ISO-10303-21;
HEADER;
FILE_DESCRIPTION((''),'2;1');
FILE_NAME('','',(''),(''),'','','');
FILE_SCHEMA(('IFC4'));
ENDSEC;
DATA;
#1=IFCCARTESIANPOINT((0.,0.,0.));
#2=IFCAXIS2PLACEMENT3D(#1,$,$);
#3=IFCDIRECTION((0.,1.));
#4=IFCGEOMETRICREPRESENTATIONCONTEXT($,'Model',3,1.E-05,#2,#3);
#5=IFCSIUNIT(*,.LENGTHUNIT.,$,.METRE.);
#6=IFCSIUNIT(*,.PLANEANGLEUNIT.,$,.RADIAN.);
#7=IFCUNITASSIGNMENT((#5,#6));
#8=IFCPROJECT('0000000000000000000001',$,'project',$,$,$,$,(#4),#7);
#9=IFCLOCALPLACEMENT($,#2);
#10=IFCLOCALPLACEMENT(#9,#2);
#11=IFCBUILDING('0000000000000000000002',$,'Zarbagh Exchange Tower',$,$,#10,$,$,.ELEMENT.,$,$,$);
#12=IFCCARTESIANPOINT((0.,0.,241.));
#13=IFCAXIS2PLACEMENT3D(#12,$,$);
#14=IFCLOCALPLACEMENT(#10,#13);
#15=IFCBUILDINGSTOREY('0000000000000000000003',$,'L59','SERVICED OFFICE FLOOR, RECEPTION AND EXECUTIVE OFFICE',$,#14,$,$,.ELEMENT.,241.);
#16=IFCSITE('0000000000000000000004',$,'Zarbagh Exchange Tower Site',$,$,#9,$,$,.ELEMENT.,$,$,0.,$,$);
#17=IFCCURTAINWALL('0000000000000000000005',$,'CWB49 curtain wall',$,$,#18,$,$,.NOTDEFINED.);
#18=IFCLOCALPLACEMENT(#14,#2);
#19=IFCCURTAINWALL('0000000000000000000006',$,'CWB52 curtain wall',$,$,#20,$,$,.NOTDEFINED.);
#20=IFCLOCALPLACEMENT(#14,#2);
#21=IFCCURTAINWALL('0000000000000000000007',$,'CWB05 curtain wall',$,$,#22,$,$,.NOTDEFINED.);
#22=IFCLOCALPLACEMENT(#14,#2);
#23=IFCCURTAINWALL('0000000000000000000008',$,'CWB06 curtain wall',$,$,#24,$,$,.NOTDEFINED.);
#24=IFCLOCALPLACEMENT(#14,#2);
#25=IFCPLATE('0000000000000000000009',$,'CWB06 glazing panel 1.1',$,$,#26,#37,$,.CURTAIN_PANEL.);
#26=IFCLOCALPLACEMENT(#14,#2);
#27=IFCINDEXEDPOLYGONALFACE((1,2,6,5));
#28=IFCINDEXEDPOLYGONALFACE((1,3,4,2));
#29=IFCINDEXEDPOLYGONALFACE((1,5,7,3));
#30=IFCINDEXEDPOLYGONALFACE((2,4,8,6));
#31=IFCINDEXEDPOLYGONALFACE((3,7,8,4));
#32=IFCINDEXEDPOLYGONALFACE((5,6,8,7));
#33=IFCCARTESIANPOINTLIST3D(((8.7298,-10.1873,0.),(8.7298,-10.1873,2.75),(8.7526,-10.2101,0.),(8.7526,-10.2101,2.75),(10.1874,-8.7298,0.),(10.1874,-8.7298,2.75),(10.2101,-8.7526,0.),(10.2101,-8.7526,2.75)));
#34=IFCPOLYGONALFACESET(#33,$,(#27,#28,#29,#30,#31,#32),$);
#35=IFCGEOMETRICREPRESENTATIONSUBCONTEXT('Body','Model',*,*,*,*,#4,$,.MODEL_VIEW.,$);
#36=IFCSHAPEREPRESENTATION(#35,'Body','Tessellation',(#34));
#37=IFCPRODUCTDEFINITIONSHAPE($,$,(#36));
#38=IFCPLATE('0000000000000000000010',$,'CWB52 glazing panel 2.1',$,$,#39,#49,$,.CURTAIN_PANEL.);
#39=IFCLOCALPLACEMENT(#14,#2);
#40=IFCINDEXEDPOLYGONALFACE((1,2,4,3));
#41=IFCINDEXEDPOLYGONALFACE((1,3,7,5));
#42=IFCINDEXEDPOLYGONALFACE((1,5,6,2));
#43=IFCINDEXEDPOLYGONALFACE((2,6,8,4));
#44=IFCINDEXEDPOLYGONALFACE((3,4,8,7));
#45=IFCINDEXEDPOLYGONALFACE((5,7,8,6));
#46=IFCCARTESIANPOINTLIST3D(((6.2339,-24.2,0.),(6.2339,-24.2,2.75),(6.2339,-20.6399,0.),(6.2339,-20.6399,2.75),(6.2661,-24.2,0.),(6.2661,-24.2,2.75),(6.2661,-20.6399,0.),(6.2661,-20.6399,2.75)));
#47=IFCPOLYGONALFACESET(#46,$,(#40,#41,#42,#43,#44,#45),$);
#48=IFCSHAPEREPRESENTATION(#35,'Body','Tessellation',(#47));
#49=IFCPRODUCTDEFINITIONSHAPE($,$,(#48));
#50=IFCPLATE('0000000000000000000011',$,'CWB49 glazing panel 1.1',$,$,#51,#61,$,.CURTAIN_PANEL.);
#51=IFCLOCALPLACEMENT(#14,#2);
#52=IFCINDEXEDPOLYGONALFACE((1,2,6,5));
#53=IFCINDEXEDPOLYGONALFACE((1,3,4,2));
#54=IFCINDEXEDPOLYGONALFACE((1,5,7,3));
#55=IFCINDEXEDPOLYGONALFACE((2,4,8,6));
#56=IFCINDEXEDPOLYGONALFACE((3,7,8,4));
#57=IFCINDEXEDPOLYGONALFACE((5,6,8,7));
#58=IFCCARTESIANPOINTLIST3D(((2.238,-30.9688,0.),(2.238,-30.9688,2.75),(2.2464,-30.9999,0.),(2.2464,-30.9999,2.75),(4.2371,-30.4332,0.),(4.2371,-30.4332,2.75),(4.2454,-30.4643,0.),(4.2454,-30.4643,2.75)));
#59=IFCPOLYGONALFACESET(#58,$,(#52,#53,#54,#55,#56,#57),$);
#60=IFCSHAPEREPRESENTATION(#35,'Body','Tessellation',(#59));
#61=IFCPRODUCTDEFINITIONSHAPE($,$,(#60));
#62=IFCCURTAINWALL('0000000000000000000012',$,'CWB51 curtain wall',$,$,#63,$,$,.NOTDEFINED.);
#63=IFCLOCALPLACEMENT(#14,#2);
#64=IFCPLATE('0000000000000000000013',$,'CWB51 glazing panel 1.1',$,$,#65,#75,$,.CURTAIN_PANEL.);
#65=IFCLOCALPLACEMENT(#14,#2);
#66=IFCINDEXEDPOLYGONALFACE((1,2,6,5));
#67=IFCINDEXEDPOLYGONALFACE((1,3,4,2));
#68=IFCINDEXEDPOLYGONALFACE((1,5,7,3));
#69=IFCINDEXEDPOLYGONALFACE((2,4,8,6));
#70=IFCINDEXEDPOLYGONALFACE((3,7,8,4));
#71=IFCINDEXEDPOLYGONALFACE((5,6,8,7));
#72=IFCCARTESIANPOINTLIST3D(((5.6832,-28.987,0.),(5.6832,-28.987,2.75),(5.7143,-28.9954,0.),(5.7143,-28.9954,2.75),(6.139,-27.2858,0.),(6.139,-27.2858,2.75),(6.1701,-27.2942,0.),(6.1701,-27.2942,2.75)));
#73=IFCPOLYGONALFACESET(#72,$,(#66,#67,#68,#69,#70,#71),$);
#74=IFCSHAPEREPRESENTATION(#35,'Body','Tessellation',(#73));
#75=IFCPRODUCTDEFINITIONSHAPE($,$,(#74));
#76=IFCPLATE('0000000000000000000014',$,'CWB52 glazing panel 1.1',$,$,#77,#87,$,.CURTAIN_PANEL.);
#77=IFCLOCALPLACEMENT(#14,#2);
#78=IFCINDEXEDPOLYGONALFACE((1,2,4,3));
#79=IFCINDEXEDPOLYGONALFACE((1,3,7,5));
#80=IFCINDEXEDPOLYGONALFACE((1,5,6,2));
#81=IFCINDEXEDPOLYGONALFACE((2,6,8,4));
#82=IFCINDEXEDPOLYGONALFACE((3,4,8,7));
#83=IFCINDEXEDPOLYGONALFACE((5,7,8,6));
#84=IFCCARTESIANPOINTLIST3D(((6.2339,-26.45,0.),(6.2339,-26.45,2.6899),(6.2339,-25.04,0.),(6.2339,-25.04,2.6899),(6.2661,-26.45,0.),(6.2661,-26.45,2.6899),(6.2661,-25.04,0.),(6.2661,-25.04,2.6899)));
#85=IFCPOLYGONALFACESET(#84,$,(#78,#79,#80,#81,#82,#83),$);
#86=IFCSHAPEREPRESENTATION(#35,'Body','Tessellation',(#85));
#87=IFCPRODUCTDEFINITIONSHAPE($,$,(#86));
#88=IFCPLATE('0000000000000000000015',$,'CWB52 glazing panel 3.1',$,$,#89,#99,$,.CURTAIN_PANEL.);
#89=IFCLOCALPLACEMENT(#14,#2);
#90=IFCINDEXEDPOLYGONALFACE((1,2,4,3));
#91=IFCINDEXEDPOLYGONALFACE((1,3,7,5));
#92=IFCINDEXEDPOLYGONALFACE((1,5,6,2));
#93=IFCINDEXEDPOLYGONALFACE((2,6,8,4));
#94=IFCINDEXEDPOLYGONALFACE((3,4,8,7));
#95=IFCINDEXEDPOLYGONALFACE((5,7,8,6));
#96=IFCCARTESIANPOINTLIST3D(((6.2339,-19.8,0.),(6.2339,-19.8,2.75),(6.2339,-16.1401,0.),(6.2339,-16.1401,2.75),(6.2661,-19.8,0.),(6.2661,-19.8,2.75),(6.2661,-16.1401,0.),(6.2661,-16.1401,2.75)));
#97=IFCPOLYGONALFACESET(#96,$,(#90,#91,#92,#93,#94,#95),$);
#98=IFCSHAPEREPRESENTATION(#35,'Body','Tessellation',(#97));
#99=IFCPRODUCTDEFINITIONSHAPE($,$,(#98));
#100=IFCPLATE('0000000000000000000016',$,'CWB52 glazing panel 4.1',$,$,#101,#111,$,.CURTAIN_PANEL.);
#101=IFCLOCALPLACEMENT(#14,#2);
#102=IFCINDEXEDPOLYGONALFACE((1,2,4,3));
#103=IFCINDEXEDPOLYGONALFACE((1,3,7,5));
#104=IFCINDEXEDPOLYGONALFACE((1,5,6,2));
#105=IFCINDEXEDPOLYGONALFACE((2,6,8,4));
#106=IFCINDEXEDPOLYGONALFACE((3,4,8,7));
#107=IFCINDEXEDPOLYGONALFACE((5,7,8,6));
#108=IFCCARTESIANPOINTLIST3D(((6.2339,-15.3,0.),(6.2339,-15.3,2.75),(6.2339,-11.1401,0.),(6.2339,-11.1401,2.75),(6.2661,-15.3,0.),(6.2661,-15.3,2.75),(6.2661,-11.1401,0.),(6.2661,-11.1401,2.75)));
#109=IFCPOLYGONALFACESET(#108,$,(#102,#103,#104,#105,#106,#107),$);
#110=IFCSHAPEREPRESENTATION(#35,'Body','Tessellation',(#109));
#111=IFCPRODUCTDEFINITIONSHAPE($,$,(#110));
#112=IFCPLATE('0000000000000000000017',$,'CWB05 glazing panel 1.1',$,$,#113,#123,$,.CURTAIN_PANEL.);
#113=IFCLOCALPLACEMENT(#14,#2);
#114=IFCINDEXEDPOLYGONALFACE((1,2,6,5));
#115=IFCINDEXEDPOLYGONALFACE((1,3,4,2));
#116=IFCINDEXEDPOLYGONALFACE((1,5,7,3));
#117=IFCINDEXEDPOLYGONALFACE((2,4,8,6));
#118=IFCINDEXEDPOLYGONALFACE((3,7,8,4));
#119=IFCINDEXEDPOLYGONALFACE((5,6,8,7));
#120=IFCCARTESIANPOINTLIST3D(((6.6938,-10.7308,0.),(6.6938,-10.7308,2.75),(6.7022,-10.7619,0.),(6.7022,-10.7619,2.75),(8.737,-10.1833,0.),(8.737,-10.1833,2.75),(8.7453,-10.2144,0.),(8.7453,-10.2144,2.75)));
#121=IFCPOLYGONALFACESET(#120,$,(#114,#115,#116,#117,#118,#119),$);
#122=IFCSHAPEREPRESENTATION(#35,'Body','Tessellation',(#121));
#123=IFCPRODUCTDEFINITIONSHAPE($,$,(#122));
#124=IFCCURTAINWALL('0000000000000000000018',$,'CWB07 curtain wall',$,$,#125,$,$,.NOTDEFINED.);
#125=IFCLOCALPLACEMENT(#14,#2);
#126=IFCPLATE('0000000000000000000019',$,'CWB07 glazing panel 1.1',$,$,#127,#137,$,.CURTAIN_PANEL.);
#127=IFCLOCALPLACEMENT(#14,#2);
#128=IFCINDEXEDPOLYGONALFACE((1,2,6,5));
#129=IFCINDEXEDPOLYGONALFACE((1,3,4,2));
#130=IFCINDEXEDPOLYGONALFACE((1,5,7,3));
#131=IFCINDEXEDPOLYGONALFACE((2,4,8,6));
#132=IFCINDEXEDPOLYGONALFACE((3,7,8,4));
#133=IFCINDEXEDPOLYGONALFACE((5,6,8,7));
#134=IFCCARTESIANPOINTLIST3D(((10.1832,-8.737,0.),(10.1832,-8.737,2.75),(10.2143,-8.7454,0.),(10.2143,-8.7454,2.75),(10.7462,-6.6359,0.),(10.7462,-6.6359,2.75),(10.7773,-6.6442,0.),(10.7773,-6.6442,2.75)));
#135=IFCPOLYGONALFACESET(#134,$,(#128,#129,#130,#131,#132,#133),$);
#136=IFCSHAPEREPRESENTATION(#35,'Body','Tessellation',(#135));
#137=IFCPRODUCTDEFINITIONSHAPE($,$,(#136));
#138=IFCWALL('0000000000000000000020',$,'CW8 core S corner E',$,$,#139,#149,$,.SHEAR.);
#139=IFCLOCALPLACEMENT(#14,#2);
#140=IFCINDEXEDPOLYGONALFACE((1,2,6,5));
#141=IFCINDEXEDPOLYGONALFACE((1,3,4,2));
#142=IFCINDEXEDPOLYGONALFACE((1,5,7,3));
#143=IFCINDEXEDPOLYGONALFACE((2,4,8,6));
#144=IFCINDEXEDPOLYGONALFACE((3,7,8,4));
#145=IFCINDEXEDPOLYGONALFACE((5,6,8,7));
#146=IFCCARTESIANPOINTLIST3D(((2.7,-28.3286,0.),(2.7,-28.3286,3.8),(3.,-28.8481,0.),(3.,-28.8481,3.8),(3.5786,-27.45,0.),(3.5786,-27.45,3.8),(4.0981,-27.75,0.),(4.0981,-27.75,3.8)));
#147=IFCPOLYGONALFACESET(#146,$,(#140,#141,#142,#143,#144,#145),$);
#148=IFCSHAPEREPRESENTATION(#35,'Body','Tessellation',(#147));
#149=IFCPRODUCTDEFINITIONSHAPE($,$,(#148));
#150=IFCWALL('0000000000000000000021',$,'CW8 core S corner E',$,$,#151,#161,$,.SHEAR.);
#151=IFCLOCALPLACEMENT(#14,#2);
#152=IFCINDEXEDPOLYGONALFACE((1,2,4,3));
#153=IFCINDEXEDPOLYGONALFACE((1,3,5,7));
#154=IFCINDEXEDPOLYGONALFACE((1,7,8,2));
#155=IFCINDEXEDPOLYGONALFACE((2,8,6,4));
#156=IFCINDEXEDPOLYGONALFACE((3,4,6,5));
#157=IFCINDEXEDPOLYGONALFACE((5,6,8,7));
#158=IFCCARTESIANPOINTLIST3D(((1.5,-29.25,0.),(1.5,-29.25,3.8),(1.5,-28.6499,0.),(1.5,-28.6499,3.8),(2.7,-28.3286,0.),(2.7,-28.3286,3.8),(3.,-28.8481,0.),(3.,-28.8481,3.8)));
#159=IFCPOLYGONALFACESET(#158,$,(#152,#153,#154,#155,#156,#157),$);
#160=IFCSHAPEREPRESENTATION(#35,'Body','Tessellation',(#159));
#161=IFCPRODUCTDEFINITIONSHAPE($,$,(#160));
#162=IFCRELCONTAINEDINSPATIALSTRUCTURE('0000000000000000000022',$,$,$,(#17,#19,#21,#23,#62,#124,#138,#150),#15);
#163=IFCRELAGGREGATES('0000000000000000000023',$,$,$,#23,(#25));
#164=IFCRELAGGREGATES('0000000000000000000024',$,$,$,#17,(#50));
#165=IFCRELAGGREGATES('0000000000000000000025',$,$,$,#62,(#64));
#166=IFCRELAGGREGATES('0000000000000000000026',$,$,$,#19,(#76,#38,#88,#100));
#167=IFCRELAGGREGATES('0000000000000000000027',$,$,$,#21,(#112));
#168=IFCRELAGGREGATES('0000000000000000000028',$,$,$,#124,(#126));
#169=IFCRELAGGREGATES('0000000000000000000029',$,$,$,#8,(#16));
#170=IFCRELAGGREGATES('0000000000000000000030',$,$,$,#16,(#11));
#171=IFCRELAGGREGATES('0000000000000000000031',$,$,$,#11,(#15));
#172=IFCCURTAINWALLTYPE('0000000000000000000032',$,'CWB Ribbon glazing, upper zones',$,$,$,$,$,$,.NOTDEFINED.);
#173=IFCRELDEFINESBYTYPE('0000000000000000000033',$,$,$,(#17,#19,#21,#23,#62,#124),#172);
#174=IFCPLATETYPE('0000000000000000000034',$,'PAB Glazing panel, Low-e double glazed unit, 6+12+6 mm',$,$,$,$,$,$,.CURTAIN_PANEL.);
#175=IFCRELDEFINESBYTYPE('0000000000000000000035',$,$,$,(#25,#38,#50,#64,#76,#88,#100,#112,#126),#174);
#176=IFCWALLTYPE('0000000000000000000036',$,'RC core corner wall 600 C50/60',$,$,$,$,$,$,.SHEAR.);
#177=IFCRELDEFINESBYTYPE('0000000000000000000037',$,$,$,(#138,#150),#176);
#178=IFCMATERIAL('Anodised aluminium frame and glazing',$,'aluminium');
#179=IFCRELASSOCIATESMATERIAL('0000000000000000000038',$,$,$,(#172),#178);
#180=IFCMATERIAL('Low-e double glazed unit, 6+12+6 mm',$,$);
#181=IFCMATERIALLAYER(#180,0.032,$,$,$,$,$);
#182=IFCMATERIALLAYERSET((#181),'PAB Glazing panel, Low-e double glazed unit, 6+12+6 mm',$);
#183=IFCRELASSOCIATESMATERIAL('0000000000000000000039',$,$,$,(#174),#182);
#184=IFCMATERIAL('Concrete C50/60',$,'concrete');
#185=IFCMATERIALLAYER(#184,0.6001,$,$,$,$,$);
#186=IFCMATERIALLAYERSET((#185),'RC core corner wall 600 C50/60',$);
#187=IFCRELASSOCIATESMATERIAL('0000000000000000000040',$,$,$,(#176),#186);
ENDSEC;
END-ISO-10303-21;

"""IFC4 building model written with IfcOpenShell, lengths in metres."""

from ifc_helpers import new_model, si_unit, direction, frame, origin, place, context, subcontext, project, spatial, polyline, outline, extrude, source, transform, mapped, material, layer, layer_set, type_object, element, aggregate, save


model = new_model("IFC4")

# Units and contexts
model_context = context("Model", 3, precision=1e-05, world=origin(), true_north=direction((0.0, 1.0)))
body_context = subcontext(model_context, "Body", "Model", "MODEL_VIEW")
ifc_project = project(units=[si_unit("LENGTHUNIT", "METRE"), si_unit("PLANEANGLEUNIT", "RADIAN")], contexts=[model_context])

# Site, building, storey
site_placement = place(None, origin())
site = spatial("IfcSite", under=ifc_project, at=site_placement, Name="Zarbagh Exchange Tower Site", CompositionType="ELEMENT", RefElevation=0.0)
building_placement = place(site_placement, origin())
building = spatial("IfcBuilding", under=site, at=building_placement, Name="Zarbagh Exchange Tower", CompositionType="ELEMENT")
storey_placement = place(building_placement, frame((0.0, 0.0, 241.0)))
storey = spatial("IfcBuildingStorey", under=building, at=storey_placement, Name="L59", Description="SERVICED OFFICE FLOOR, RECEPTION AND EXECUTIVE OFFICE", CompositionType="ELEMENT", Elevation=241.0)

# Curtain wall
ifc_material_1 = material(Name="Anodised aluminium frame and glazing", Category="aluminium")
curtain_wall_type = type_object("IfcCurtainWallType", Name="CWB Ribbon glazing, upper zones", PredefinedType="NOTDEFINED", material=ifc_material_1)
curtain_wall_1_placement = place(storey_placement, origin())
curtain_wall_1 = element("IfcCurtainWall", 1, at=curtain_wall_1_placement, inside=storey, type_object=curtain_wall_type, Name="CWB49 curtain wall", PredefinedType="NOTDEFINED")
placement = place(storey_placement, origin())

# Curtain wall
curtain_wall_2_placement = place(storey_placement, origin())
curtain_wall_2 = element("IfcCurtainWall", 2, at=curtain_wall_2_placement, inside=storey, type_object=curtain_wall_type, Name="CWB52 curtain wall", PredefinedType="NOTDEFINED")

# Curtain wall
curtain_wall_3_placement = place(storey_placement, origin())
curtain_wall_3 = element("IfcCurtainWall", 3, at=curtain_wall_3_placement, inside=storey, type_object=curtain_wall_type, Name="CWB05 curtain wall", PredefinedType="NOTDEFINED")

# Curtain wall, plate
ifc_material_2 = material(Name="Low-e double glazed unit, 6+12+6 mm")
ifc_layer_1 = layer(ifc_material_2, 0.032)
ifc_layer_set_1 = layer_set([ifc_layer_1], Name="PAB Glazing panel, Low-e double glazed unit, 6+12+6 mm")
plate_type = type_object("IfcPlateType", Name="PAB Glazing panel, Low-e double glazed unit, 6+12+6 mm", PredefinedType="CURTAIN_PANEL", material=ifc_layer_set_1)
shared_shape_1 = source(origin(), body_context, "Body", "SweptSolid", [
    extrude(outline(polyline([(0.0, -0.0161), (2.0613, -0.0161), (2.0613, 0.0161), (0.0, 0.0161), (0.0, -0.0161)])), origin(), (0.0, 0.0, 1.0), 2.75),
])
curtain_wall_4_placement = place(storey_placement, origin())
curtain_wall_4 = element("IfcCurtainWall", 4, at=curtain_wall_4_placement, inside=storey, type_object=curtain_wall_type, Name="CWB06 curtain wall", PredefinedType="NOTDEFINED")
plate_1 = element("IfcPlate", 5, at=placement, type_object=plate_type, Name="CWB06 glazing panel 1.1", PredefinedType="CURTAIN_PANEL", context=body_context, shape_type="MappedRepresentation", body=[
    mapped(shared_shape_1, transform((8.7412, -10.1987, 0.0), x_axis=(0.707107, 0.707107, 0.0), y_axis=(-0.707107, 0.707107, 0.0), z_axis=(0.0, 0.0, 1.0))),
])
aggregate(curtain_wall_4, [plate_1])

# Plates
shared_shape_2 = source(origin(), body_context, "Body", "SweptSolid", [
    extrude(outline(polyline([(0.0, -0.0161), (3.5601, -0.0161), (3.5601, 0.0161), (0.0, 0.0161), (0.0, -0.0161)])), origin(), (0.0, 0.0, 1.0), 2.75),
])
plate_2 = element("IfcPlate", 6, at=placement, type_object=plate_type, Name="CWB52 glazing panel 2.1", PredefinedType="CURTAIN_PANEL", context=body_context, shape_type="MappedRepresentation", body=[
    mapped(shared_shape_2, transform((6.25, -24.2, 0.0), x_axis=(0.0, 1.0, 0.0), y_axis=(-1.0, 0.0, 0.0), z_axis=(0.0, 0.0, 1.0))),
])
shared_shape_3 = source(origin(), body_context, "Body", "SweptSolid", [
    extrude(outline(polyline([(0.0, -0.0161), (2.0696, -0.0161), (2.0696, 0.0161), (0.0, 0.0161), (0.0, -0.0161)])), origin(), (0.0, 0.0, 1.0), 2.75),
])
plate_3 = element("IfcPlate", 7, at=placement, type_object=plate_type, Name="CWB49 glazing panel 1.1", PredefinedType="CURTAIN_PANEL", context=body_context, shape_type="MappedRepresentation", body=[
    mapped(shared_shape_3, transform((2.2422, -30.9844, 0.0), x_axis=(0.965924, 0.258825, 0.0), y_axis=(-0.258825, 0.965924, 0.0), z_axis=(0.0, 0.0, 1.0))),
])
aggregate(curtain_wall_1, [plate_3])

# Curtain wall, plate
curtain_wall_5_placement = place(storey_placement, origin())
curtain_wall_5 = element("IfcCurtainWall", 8, at=curtain_wall_5_placement, inside=storey, type_object=curtain_wall_type, Name="CWB51 curtain wall", PredefinedType="NOTDEFINED")
shared_shape_4 = source(origin(), body_context, "Body", "SweptSolid", [
    extrude(outline(polyline([(0.0, -0.0161), (1.7612, -0.0161), (1.7612, 0.0161), (0.0, 0.0161), (0.0, -0.0161)])), origin(), (0.0, 0.0, 1.0), 2.75),
])
plate_4 = element("IfcPlate", 9, at=placement, type_object=plate_type, Name="CWB51 glazing panel 1.1", PredefinedType="CURTAIN_PANEL", context=body_context, shape_type="MappedRepresentation", body=[
    mapped(shared_shape_4, transform((5.6987, -28.9912, 0.0), x_axis=(0.258825, 0.965924, 0.0), y_axis=(-0.965924, 0.258825, 0.0), z_axis=(0.0, 0.0, 1.0))),
])
aggregate(curtain_wall_5, [plate_4])

# Plates
shared_shape_5 = source(origin(), body_context, "Body", "SweptSolid", [
    extrude(outline(polyline([(0.0, -0.0161), (1.4099, -0.0161), (1.4099, 0.0161), (0.0, 0.0161), (0.0, -0.0161)])), origin(), (0.0, 0.0, 1.0), 2.6899),
])
plate_5 = element("IfcPlate", 10, at=placement, type_object=plate_type, Name="CWB52 glazing panel 1.1", PredefinedType="CURTAIN_PANEL", context=body_context, shape_type="MappedRepresentation", body=[
    mapped(shared_shape_5, transform((6.25, -26.45, 0.0), x_axis=(0.0, 1.0, 0.0), y_axis=(-1.0, 0.0, 0.0), z_axis=(0.0, 0.0, 1.0))),
])
shared_shape_6 = source(origin(), body_context, "Body", "SweptSolid", [
    extrude(outline(polyline([(0.0, -0.0161), (3.6599, -0.0161), (3.6599, 0.0161), (0.0, 0.0161), (0.0, -0.0161)])), origin(), (0.0, 0.0, 1.0), 2.75),
])
plate_6 = element("IfcPlate", 11, at=placement, type_object=plate_type, Name="CWB52 glazing panel 3.1", PredefinedType="CURTAIN_PANEL", context=body_context, shape_type="MappedRepresentation", body=[
    mapped(shared_shape_6, transform((6.25, -19.8, 0.0), x_axis=(0.0, 1.0, 0.0), y_axis=(-1.0, 0.0, 0.0), z_axis=(0.0, 0.0, 1.0))),
])
shared_shape_7 = source(origin(), body_context, "Body", "SweptSolid", [
    extrude(outline(polyline([(0.0, -0.0161), (4.1599, -0.0161), (4.1599, 0.0161), (0.0, 0.0161), (0.0, -0.0161)])), origin(), (0.0, 0.0, 1.0), 2.75),
])
plate_7 = element("IfcPlate", 12, at=placement, type_object=plate_type, Name="CWB52 glazing panel 4.1", PredefinedType="CURTAIN_PANEL", context=body_context, shape_type="MappedRepresentation", body=[
    mapped(shared_shape_7, transform((6.25, -15.3, 0.0), x_axis=(0.0, 1.0, 0.0), y_axis=(-1.0, 0.0, 0.0), z_axis=(0.0, 0.0, 1.0))),
])
aggregate(curtain_wall_2, [plate_5, plate_2, plate_6, plate_7])
shared_shape_8 = source(origin(), body_context, "Body", "SweptSolid", [
    extrude(outline(polyline([(0.0, -0.0161), (2.1152, -0.0161), (2.1152, 0.0161), (0.0, 0.0161), (0.0, -0.0161)])), origin(), (0.0, 0.0, 1.0), 2.75),
])
plate_8 = element("IfcPlate", 13, at=placement, type_object=plate_type, Name="CWB05 glazing panel 1.1", PredefinedType="CURTAIN_PANEL", context=body_context, shape_type="MappedRepresentation", body=[
    mapped(shared_shape_8, transform((6.698, -10.7463, 0.0), x_axis=(0.965924, 0.258825, 0.0), y_axis=(-0.258825, 0.965924, 0.0), z_axis=(0.0, 0.0, 1.0))),
])
aggregate(curtain_wall_3, [plate_8])

# Curtain wall, plate
curtain_wall_6_placement = place(storey_placement, origin())
curtain_wall_6 = element("IfcCurtainWall", 14, at=curtain_wall_6_placement, inside=storey, type_object=curtain_wall_type, Name="CWB07 curtain wall", PredefinedType="NOTDEFINED")
shared_shape_9 = source(origin(), body_context, "Body", "SweptSolid", [
    extrude(outline(polyline([(0.0, -0.0161), (2.1753, -0.0161), (2.1753, 0.0161), (0.0, 0.0161), (0.0, -0.0161)])), origin(), (0.0, 0.0, 1.0), 2.75),
])
plate_9 = element("IfcPlate", 15, at=placement, type_object=plate_type, Name="CWB07 glazing panel 1.1", PredefinedType="CURTAIN_PANEL", context=body_context, shape_type="MappedRepresentation", body=[
    mapped(shared_shape_9, transform((10.1987, -8.7412, 0.0), x_axis=(0.258825, 0.965924, 0.0), y_axis=(-0.965924, 0.258825, 0.0), z_axis=(0.0, 0.0, 1.0))),
])
aggregate(curtain_wall_6, [plate_9])

# Walls
ifc_material_3 = material(Name="Concrete C50/60", Category="concrete")
ifc_layer_2 = layer(ifc_material_3, 0.6001)
ifc_layer_set_2 = layer_set([ifc_layer_2], Name="RC core corner wall 600 C50/60")
wall_type = type_object("IfcWallType", Name="RC core corner wall 600 C50/60", PredefinedType="SHEAR", material=ifc_layer_set_2)
wall_1_placement = place(storey_placement, origin())
element("IfcWall", 16, at=wall_1_placement, inside=storey, type_object=wall_type, Name="CW8 core S corner E", PredefinedType="SHEAR", context=body_context, shape_type="SweptSolid", body=[
    extrude(outline(polyline([(4.0981, -27.75), (3.0, -28.8481), (2.7, -28.3286), (3.5786, -27.45), (4.0981, -27.75)])), origin(), (0.0, 0.0, 1.0), 3.8),
])
wall_2_placement = place(storey_placement, origin())
element("IfcWall", 17, at=wall_2_placement, inside=storey, type_object=wall_type, Name="CW8 core S corner E", PredefinedType="SHEAR", context=body_context, shape_type="SweptSolid", body=[
    extrude(outline(polyline([(3.0, -28.8481), (1.5, -29.25), (1.5, -28.6499), (2.7, -28.3286), (3.0, -28.8481)])), origin(), (0.0, 0.0, 1.0), 3.8),
])

save(model, "model.ifc")
